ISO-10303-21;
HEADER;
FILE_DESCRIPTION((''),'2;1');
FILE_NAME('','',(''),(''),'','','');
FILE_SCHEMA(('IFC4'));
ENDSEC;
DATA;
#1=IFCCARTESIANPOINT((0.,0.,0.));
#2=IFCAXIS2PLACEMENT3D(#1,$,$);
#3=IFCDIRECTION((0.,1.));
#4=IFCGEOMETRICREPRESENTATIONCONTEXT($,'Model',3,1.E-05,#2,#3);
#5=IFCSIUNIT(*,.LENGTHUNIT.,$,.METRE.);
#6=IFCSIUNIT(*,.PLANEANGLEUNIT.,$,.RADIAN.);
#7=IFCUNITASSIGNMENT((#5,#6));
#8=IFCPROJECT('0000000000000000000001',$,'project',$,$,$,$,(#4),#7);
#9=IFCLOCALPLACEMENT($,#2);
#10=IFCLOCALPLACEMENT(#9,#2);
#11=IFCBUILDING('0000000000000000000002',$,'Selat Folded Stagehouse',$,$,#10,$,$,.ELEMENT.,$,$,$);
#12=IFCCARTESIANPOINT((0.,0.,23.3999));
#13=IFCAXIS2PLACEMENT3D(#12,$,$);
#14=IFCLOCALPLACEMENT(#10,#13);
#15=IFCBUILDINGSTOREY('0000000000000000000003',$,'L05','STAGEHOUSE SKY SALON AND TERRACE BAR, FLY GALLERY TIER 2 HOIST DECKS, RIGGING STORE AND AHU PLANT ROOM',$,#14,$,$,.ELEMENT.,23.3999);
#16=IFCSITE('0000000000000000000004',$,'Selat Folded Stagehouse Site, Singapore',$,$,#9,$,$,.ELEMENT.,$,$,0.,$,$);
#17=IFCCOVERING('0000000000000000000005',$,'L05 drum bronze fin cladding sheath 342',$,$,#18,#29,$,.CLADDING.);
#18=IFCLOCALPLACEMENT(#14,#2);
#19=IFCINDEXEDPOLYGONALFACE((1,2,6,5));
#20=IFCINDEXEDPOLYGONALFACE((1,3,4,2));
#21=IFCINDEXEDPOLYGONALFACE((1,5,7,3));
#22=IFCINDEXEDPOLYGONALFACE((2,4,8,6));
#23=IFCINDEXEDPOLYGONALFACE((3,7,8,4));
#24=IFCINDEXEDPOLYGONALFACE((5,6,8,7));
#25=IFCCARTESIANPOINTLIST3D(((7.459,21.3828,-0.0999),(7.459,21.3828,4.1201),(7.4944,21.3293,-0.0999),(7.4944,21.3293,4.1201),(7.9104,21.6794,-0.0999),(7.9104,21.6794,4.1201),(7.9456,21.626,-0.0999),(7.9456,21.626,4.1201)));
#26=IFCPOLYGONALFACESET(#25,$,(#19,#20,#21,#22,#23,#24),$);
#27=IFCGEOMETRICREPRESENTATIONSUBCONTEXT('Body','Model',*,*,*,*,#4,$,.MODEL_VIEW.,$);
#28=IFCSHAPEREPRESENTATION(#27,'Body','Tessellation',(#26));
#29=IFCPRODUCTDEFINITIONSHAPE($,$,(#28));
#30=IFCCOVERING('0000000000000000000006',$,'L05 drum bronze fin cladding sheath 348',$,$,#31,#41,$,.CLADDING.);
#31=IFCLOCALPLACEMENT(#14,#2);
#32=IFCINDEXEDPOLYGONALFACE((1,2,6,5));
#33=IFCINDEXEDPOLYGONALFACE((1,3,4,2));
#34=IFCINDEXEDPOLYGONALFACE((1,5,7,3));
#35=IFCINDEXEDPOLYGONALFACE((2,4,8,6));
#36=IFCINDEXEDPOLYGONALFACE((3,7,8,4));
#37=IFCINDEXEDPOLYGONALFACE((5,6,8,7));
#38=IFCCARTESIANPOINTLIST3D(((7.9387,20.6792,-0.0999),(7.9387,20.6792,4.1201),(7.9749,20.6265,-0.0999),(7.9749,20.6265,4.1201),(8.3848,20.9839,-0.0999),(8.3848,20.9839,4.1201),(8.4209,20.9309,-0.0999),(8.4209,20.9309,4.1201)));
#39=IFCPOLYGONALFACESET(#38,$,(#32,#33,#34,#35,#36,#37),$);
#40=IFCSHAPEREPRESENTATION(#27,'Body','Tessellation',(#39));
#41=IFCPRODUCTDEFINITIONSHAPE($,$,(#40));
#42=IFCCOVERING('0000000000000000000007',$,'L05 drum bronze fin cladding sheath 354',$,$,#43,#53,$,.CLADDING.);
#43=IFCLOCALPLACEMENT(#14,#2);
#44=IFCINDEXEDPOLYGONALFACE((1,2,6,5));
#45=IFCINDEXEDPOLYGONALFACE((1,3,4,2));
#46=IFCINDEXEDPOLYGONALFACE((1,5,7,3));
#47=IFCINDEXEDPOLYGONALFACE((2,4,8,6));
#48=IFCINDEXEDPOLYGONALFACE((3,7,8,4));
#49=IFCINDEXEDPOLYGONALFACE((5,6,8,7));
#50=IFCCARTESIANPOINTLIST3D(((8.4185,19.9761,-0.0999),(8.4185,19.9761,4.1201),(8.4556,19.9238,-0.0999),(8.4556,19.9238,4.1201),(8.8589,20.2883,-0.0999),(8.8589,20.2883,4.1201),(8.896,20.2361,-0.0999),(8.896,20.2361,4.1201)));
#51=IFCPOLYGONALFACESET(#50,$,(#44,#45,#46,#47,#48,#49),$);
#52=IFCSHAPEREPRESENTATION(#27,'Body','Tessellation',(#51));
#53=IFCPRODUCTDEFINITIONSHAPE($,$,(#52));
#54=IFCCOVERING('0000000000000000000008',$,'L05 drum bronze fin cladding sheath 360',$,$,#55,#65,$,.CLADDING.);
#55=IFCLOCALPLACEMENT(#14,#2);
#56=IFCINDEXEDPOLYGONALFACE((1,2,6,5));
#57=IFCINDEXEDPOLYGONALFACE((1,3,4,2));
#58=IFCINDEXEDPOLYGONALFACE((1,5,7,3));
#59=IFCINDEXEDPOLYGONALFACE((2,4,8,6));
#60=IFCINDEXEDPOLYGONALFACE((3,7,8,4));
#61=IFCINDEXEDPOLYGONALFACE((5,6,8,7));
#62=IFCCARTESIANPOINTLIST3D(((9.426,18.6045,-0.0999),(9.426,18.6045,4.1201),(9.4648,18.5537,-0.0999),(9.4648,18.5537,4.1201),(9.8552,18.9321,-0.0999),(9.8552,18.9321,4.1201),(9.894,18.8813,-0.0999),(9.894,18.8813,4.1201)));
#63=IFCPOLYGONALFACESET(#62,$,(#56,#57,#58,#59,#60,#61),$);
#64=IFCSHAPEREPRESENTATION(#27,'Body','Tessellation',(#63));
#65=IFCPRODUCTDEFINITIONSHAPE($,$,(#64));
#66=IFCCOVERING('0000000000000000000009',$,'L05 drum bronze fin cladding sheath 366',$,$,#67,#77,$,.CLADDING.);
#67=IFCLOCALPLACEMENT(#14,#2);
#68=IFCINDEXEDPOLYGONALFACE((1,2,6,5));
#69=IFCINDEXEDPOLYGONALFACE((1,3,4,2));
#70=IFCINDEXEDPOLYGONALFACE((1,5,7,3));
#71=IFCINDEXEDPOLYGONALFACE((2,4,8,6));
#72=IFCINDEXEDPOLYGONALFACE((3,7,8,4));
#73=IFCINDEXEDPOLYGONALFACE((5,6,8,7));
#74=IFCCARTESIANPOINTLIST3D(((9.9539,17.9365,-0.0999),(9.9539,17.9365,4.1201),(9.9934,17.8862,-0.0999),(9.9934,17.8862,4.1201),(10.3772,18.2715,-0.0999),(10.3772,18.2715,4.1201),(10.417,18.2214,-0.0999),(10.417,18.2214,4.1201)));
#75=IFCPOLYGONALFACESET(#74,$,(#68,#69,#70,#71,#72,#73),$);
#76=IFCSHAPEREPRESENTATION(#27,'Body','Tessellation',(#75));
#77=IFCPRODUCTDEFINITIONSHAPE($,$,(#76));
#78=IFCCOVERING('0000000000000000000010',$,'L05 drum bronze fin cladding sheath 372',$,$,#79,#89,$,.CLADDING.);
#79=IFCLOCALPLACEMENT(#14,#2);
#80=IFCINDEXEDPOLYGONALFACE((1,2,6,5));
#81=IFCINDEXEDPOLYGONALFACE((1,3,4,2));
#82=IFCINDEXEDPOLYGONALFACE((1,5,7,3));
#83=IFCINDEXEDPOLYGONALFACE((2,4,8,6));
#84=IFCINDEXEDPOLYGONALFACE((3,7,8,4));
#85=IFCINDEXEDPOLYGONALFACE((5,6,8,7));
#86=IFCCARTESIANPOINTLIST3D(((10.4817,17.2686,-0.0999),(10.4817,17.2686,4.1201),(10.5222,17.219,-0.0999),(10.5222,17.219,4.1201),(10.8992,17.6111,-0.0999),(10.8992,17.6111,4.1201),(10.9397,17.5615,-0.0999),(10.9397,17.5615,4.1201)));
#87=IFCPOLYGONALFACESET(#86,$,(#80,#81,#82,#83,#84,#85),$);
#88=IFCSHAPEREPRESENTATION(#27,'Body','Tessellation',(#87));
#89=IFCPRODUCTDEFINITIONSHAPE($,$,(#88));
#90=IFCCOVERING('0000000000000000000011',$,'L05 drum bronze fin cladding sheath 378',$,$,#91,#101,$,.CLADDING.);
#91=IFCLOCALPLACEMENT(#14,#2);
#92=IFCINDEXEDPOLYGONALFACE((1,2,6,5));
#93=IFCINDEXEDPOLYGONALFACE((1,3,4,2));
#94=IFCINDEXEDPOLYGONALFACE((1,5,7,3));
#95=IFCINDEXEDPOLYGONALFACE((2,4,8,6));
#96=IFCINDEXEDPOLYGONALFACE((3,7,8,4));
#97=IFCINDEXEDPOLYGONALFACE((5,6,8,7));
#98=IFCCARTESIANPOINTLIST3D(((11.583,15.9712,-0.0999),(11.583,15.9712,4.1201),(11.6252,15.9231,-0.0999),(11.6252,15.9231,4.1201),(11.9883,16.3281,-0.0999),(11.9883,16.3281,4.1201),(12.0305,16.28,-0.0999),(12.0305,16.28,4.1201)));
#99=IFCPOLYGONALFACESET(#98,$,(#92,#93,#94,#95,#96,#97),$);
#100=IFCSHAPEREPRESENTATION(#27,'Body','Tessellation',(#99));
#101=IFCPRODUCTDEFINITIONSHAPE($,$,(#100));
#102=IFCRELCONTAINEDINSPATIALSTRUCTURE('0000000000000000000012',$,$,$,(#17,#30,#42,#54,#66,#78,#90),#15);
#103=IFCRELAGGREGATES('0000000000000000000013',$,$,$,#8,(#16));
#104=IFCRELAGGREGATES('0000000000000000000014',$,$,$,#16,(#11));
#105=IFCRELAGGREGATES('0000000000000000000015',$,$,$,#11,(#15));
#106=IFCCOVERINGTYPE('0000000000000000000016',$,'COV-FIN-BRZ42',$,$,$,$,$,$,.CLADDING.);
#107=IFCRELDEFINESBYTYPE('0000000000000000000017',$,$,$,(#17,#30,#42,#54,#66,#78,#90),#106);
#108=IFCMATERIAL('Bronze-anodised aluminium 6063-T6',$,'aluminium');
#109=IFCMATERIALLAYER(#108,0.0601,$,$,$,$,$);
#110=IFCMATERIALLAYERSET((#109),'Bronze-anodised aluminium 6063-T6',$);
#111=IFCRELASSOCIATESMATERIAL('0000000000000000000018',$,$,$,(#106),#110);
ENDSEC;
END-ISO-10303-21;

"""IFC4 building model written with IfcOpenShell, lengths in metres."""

from ifc_helpers import new_model, si_unit, direction, frame, origin, place, context, subcontext, project, spatial, polyline, outline, extrude, material, layer, layer_set, type_object, element, save


model = new_model("IFC4")

# Units and contexts
model_context = context("Model", 3, precision=1e-05, world=origin(), true_north=direction((0.0, 1.0)))
body_context = subcontext(model_context, "Body", "Model", "MODEL_VIEW")
ifc_project = project(units=[si_unit("LENGTHUNIT", "METRE"), si_unit("PLANEANGLEUNIT", "RADIAN")], contexts=[model_context])

# Site, building, storey
site_placement = place(None, origin())
site = spatial("IfcSite", under=ifc_project, at=site_placement, Name="Selat Folded Stagehouse Site, Singapore", CompositionType="ELEMENT", RefElevation=0.0)
building_placement = place(site_placement, origin())
building = spatial("IfcBuilding", under=site, at=building_placement, Name="Selat Folded Stagehouse", CompositionType="ELEMENT")
storey_placement = place(building_placement, frame((0.0, 0.0, 23.3999)))
storey = spatial("IfcBuildingStorey", under=building, at=storey_placement, Name="L05", Description="STAGEHOUSE SKY SALON AND TERRACE BAR, FLY GALLERY TIER 2 HOIST DECKS, RIGGING STORE AND AHU PLANT ROOM", CompositionType="ELEMENT", Elevation=23.3999)

# Coverings
ifc_material = material(Name="Bronze-anodised aluminium 6063-T6", Category="aluminium")
ifc_layer = layer(ifc_material, 0.0601)
ifc_layer_set = layer_set([ifc_layer], Name="Bronze-anodised aluminium 6063-T6")
covering_type = type_object("IfcCoveringType", Name="COV-FIN-BRZ42", PredefinedType="CLADDING", material=ifc_layer_set)
covering_1_placement = place(storey_placement, frame((0.0, 0.0, -0.0999)))
element("IfcCovering", 1, at=covering_1_placement, inside=storey, type_object=covering_type, Name="L05 drum bronze fin cladding sheath 342", PredefinedType="CLADDING", context=body_context, shape_type="SweptSolid", body=[
    extrude(outline(polyline([(7.9104, 21.6794), (7.459, 21.3828), (7.4944, 21.3293), (7.9456, 21.626), (7.9104, 21.6794)])), origin(), (0.0, 0.0, 1.0), 4.22),
])
covering_2_placement = place(storey_placement, frame((0.0, 0.0, -0.0999)))
element("IfcCovering", 2, at=covering_2_placement, inside=storey, type_object=covering_type, Name="L05 drum bronze fin cladding sheath 348", PredefinedType="CLADDING", context=body_context, shape_type="SweptSolid", body=[
    extrude(outline(polyline([(8.3848, 20.9839), (7.9387, 20.6792), (7.9749, 20.6265), (8.4209, 20.9309), (8.3848, 20.9839)])), origin(), (0.0, 0.0, 1.0), 4.22),
])
covering_3_placement = place(storey_placement, frame((0.0, 0.0, -0.0999)))
element("IfcCovering", 3, at=covering_3_placement, inside=storey, type_object=covering_type, Name="L05 drum bronze fin cladding sheath 354", PredefinedType="CLADDING", context=body_context, shape_type="SweptSolid", body=[
    extrude(outline(polyline([(8.8589, 20.2883), (8.4185, 19.9761), (8.4556, 19.9238), (8.896, 20.2361), (8.8589, 20.2883)])), origin(), (0.0, 0.0, 1.0), 4.22),
])
covering_4_placement = place(storey_placement, frame((0.0, 0.0, -0.0999)))
element("IfcCovering", 4, at=covering_4_placement, inside=storey, type_object=covering_type, Name="L05 drum bronze fin cladding sheath 360", PredefinedType="CLADDING", context=body_context, shape_type="SweptSolid", body=[
    extrude(outline(polyline([(9.8552, 18.9321), (9.426, 18.6045), (9.4648, 18.5537), (9.894, 18.8813), (9.8552, 18.9321)])), origin(), (0.0, 0.0, 1.0), 4.22),
])
covering_5_placement = place(storey_placement, frame((0.0, 0.0, -0.0999)))
element("IfcCovering", 5, at=covering_5_placement, inside=storey, type_object=covering_type, Name="L05 drum bronze fin cladding sheath 366", PredefinedType="CLADDING", context=body_context, shape_type="SweptSolid", body=[
    extrude(outline(polyline([(10.3772, 18.2715), (9.9539, 17.9365), (9.9934, 17.8862), (10.417, 18.2214), (10.3772, 18.2715)])), origin(), (0.0, 0.0, 1.0), 4.22),
])
covering_6_placement = place(storey_placement, frame((0.0, 0.0, -0.0999)))
element("IfcCovering", 6, at=covering_6_placement, inside=storey, type_object=covering_type, Name="L05 drum bronze fin cladding sheath 372", PredefinedType="CLADDING", context=body_context, shape_type="SweptSolid", body=[
    extrude(outline(polyline([(10.8992, 17.6111), (10.4817, 17.2686), (10.5222, 17.219), (10.9397, 17.5615), (10.8992, 17.6111)])), origin(), (0.0, 0.0, 1.0), 4.22),
])
covering_7_placement = place(storey_placement, frame((0.0, 0.0, -0.0999)))
element("IfcCovering", 7, at=covering_7_placement, inside=storey, type_object=covering_type, Name="L05 drum bronze fin cladding sheath 378", PredefinedType="CLADDING", context=body_context, shape_type="SweptSolid", body=[
    extrude(outline(polyline([(11.9883, 16.3281), (11.583, 15.9712), (11.6252, 15.9231), (12.0305, 16.28), (11.9883, 16.3281)])), origin(), (0.0, 0.0, 1.0), 4.22),
])

save(model, "model.ifc")
